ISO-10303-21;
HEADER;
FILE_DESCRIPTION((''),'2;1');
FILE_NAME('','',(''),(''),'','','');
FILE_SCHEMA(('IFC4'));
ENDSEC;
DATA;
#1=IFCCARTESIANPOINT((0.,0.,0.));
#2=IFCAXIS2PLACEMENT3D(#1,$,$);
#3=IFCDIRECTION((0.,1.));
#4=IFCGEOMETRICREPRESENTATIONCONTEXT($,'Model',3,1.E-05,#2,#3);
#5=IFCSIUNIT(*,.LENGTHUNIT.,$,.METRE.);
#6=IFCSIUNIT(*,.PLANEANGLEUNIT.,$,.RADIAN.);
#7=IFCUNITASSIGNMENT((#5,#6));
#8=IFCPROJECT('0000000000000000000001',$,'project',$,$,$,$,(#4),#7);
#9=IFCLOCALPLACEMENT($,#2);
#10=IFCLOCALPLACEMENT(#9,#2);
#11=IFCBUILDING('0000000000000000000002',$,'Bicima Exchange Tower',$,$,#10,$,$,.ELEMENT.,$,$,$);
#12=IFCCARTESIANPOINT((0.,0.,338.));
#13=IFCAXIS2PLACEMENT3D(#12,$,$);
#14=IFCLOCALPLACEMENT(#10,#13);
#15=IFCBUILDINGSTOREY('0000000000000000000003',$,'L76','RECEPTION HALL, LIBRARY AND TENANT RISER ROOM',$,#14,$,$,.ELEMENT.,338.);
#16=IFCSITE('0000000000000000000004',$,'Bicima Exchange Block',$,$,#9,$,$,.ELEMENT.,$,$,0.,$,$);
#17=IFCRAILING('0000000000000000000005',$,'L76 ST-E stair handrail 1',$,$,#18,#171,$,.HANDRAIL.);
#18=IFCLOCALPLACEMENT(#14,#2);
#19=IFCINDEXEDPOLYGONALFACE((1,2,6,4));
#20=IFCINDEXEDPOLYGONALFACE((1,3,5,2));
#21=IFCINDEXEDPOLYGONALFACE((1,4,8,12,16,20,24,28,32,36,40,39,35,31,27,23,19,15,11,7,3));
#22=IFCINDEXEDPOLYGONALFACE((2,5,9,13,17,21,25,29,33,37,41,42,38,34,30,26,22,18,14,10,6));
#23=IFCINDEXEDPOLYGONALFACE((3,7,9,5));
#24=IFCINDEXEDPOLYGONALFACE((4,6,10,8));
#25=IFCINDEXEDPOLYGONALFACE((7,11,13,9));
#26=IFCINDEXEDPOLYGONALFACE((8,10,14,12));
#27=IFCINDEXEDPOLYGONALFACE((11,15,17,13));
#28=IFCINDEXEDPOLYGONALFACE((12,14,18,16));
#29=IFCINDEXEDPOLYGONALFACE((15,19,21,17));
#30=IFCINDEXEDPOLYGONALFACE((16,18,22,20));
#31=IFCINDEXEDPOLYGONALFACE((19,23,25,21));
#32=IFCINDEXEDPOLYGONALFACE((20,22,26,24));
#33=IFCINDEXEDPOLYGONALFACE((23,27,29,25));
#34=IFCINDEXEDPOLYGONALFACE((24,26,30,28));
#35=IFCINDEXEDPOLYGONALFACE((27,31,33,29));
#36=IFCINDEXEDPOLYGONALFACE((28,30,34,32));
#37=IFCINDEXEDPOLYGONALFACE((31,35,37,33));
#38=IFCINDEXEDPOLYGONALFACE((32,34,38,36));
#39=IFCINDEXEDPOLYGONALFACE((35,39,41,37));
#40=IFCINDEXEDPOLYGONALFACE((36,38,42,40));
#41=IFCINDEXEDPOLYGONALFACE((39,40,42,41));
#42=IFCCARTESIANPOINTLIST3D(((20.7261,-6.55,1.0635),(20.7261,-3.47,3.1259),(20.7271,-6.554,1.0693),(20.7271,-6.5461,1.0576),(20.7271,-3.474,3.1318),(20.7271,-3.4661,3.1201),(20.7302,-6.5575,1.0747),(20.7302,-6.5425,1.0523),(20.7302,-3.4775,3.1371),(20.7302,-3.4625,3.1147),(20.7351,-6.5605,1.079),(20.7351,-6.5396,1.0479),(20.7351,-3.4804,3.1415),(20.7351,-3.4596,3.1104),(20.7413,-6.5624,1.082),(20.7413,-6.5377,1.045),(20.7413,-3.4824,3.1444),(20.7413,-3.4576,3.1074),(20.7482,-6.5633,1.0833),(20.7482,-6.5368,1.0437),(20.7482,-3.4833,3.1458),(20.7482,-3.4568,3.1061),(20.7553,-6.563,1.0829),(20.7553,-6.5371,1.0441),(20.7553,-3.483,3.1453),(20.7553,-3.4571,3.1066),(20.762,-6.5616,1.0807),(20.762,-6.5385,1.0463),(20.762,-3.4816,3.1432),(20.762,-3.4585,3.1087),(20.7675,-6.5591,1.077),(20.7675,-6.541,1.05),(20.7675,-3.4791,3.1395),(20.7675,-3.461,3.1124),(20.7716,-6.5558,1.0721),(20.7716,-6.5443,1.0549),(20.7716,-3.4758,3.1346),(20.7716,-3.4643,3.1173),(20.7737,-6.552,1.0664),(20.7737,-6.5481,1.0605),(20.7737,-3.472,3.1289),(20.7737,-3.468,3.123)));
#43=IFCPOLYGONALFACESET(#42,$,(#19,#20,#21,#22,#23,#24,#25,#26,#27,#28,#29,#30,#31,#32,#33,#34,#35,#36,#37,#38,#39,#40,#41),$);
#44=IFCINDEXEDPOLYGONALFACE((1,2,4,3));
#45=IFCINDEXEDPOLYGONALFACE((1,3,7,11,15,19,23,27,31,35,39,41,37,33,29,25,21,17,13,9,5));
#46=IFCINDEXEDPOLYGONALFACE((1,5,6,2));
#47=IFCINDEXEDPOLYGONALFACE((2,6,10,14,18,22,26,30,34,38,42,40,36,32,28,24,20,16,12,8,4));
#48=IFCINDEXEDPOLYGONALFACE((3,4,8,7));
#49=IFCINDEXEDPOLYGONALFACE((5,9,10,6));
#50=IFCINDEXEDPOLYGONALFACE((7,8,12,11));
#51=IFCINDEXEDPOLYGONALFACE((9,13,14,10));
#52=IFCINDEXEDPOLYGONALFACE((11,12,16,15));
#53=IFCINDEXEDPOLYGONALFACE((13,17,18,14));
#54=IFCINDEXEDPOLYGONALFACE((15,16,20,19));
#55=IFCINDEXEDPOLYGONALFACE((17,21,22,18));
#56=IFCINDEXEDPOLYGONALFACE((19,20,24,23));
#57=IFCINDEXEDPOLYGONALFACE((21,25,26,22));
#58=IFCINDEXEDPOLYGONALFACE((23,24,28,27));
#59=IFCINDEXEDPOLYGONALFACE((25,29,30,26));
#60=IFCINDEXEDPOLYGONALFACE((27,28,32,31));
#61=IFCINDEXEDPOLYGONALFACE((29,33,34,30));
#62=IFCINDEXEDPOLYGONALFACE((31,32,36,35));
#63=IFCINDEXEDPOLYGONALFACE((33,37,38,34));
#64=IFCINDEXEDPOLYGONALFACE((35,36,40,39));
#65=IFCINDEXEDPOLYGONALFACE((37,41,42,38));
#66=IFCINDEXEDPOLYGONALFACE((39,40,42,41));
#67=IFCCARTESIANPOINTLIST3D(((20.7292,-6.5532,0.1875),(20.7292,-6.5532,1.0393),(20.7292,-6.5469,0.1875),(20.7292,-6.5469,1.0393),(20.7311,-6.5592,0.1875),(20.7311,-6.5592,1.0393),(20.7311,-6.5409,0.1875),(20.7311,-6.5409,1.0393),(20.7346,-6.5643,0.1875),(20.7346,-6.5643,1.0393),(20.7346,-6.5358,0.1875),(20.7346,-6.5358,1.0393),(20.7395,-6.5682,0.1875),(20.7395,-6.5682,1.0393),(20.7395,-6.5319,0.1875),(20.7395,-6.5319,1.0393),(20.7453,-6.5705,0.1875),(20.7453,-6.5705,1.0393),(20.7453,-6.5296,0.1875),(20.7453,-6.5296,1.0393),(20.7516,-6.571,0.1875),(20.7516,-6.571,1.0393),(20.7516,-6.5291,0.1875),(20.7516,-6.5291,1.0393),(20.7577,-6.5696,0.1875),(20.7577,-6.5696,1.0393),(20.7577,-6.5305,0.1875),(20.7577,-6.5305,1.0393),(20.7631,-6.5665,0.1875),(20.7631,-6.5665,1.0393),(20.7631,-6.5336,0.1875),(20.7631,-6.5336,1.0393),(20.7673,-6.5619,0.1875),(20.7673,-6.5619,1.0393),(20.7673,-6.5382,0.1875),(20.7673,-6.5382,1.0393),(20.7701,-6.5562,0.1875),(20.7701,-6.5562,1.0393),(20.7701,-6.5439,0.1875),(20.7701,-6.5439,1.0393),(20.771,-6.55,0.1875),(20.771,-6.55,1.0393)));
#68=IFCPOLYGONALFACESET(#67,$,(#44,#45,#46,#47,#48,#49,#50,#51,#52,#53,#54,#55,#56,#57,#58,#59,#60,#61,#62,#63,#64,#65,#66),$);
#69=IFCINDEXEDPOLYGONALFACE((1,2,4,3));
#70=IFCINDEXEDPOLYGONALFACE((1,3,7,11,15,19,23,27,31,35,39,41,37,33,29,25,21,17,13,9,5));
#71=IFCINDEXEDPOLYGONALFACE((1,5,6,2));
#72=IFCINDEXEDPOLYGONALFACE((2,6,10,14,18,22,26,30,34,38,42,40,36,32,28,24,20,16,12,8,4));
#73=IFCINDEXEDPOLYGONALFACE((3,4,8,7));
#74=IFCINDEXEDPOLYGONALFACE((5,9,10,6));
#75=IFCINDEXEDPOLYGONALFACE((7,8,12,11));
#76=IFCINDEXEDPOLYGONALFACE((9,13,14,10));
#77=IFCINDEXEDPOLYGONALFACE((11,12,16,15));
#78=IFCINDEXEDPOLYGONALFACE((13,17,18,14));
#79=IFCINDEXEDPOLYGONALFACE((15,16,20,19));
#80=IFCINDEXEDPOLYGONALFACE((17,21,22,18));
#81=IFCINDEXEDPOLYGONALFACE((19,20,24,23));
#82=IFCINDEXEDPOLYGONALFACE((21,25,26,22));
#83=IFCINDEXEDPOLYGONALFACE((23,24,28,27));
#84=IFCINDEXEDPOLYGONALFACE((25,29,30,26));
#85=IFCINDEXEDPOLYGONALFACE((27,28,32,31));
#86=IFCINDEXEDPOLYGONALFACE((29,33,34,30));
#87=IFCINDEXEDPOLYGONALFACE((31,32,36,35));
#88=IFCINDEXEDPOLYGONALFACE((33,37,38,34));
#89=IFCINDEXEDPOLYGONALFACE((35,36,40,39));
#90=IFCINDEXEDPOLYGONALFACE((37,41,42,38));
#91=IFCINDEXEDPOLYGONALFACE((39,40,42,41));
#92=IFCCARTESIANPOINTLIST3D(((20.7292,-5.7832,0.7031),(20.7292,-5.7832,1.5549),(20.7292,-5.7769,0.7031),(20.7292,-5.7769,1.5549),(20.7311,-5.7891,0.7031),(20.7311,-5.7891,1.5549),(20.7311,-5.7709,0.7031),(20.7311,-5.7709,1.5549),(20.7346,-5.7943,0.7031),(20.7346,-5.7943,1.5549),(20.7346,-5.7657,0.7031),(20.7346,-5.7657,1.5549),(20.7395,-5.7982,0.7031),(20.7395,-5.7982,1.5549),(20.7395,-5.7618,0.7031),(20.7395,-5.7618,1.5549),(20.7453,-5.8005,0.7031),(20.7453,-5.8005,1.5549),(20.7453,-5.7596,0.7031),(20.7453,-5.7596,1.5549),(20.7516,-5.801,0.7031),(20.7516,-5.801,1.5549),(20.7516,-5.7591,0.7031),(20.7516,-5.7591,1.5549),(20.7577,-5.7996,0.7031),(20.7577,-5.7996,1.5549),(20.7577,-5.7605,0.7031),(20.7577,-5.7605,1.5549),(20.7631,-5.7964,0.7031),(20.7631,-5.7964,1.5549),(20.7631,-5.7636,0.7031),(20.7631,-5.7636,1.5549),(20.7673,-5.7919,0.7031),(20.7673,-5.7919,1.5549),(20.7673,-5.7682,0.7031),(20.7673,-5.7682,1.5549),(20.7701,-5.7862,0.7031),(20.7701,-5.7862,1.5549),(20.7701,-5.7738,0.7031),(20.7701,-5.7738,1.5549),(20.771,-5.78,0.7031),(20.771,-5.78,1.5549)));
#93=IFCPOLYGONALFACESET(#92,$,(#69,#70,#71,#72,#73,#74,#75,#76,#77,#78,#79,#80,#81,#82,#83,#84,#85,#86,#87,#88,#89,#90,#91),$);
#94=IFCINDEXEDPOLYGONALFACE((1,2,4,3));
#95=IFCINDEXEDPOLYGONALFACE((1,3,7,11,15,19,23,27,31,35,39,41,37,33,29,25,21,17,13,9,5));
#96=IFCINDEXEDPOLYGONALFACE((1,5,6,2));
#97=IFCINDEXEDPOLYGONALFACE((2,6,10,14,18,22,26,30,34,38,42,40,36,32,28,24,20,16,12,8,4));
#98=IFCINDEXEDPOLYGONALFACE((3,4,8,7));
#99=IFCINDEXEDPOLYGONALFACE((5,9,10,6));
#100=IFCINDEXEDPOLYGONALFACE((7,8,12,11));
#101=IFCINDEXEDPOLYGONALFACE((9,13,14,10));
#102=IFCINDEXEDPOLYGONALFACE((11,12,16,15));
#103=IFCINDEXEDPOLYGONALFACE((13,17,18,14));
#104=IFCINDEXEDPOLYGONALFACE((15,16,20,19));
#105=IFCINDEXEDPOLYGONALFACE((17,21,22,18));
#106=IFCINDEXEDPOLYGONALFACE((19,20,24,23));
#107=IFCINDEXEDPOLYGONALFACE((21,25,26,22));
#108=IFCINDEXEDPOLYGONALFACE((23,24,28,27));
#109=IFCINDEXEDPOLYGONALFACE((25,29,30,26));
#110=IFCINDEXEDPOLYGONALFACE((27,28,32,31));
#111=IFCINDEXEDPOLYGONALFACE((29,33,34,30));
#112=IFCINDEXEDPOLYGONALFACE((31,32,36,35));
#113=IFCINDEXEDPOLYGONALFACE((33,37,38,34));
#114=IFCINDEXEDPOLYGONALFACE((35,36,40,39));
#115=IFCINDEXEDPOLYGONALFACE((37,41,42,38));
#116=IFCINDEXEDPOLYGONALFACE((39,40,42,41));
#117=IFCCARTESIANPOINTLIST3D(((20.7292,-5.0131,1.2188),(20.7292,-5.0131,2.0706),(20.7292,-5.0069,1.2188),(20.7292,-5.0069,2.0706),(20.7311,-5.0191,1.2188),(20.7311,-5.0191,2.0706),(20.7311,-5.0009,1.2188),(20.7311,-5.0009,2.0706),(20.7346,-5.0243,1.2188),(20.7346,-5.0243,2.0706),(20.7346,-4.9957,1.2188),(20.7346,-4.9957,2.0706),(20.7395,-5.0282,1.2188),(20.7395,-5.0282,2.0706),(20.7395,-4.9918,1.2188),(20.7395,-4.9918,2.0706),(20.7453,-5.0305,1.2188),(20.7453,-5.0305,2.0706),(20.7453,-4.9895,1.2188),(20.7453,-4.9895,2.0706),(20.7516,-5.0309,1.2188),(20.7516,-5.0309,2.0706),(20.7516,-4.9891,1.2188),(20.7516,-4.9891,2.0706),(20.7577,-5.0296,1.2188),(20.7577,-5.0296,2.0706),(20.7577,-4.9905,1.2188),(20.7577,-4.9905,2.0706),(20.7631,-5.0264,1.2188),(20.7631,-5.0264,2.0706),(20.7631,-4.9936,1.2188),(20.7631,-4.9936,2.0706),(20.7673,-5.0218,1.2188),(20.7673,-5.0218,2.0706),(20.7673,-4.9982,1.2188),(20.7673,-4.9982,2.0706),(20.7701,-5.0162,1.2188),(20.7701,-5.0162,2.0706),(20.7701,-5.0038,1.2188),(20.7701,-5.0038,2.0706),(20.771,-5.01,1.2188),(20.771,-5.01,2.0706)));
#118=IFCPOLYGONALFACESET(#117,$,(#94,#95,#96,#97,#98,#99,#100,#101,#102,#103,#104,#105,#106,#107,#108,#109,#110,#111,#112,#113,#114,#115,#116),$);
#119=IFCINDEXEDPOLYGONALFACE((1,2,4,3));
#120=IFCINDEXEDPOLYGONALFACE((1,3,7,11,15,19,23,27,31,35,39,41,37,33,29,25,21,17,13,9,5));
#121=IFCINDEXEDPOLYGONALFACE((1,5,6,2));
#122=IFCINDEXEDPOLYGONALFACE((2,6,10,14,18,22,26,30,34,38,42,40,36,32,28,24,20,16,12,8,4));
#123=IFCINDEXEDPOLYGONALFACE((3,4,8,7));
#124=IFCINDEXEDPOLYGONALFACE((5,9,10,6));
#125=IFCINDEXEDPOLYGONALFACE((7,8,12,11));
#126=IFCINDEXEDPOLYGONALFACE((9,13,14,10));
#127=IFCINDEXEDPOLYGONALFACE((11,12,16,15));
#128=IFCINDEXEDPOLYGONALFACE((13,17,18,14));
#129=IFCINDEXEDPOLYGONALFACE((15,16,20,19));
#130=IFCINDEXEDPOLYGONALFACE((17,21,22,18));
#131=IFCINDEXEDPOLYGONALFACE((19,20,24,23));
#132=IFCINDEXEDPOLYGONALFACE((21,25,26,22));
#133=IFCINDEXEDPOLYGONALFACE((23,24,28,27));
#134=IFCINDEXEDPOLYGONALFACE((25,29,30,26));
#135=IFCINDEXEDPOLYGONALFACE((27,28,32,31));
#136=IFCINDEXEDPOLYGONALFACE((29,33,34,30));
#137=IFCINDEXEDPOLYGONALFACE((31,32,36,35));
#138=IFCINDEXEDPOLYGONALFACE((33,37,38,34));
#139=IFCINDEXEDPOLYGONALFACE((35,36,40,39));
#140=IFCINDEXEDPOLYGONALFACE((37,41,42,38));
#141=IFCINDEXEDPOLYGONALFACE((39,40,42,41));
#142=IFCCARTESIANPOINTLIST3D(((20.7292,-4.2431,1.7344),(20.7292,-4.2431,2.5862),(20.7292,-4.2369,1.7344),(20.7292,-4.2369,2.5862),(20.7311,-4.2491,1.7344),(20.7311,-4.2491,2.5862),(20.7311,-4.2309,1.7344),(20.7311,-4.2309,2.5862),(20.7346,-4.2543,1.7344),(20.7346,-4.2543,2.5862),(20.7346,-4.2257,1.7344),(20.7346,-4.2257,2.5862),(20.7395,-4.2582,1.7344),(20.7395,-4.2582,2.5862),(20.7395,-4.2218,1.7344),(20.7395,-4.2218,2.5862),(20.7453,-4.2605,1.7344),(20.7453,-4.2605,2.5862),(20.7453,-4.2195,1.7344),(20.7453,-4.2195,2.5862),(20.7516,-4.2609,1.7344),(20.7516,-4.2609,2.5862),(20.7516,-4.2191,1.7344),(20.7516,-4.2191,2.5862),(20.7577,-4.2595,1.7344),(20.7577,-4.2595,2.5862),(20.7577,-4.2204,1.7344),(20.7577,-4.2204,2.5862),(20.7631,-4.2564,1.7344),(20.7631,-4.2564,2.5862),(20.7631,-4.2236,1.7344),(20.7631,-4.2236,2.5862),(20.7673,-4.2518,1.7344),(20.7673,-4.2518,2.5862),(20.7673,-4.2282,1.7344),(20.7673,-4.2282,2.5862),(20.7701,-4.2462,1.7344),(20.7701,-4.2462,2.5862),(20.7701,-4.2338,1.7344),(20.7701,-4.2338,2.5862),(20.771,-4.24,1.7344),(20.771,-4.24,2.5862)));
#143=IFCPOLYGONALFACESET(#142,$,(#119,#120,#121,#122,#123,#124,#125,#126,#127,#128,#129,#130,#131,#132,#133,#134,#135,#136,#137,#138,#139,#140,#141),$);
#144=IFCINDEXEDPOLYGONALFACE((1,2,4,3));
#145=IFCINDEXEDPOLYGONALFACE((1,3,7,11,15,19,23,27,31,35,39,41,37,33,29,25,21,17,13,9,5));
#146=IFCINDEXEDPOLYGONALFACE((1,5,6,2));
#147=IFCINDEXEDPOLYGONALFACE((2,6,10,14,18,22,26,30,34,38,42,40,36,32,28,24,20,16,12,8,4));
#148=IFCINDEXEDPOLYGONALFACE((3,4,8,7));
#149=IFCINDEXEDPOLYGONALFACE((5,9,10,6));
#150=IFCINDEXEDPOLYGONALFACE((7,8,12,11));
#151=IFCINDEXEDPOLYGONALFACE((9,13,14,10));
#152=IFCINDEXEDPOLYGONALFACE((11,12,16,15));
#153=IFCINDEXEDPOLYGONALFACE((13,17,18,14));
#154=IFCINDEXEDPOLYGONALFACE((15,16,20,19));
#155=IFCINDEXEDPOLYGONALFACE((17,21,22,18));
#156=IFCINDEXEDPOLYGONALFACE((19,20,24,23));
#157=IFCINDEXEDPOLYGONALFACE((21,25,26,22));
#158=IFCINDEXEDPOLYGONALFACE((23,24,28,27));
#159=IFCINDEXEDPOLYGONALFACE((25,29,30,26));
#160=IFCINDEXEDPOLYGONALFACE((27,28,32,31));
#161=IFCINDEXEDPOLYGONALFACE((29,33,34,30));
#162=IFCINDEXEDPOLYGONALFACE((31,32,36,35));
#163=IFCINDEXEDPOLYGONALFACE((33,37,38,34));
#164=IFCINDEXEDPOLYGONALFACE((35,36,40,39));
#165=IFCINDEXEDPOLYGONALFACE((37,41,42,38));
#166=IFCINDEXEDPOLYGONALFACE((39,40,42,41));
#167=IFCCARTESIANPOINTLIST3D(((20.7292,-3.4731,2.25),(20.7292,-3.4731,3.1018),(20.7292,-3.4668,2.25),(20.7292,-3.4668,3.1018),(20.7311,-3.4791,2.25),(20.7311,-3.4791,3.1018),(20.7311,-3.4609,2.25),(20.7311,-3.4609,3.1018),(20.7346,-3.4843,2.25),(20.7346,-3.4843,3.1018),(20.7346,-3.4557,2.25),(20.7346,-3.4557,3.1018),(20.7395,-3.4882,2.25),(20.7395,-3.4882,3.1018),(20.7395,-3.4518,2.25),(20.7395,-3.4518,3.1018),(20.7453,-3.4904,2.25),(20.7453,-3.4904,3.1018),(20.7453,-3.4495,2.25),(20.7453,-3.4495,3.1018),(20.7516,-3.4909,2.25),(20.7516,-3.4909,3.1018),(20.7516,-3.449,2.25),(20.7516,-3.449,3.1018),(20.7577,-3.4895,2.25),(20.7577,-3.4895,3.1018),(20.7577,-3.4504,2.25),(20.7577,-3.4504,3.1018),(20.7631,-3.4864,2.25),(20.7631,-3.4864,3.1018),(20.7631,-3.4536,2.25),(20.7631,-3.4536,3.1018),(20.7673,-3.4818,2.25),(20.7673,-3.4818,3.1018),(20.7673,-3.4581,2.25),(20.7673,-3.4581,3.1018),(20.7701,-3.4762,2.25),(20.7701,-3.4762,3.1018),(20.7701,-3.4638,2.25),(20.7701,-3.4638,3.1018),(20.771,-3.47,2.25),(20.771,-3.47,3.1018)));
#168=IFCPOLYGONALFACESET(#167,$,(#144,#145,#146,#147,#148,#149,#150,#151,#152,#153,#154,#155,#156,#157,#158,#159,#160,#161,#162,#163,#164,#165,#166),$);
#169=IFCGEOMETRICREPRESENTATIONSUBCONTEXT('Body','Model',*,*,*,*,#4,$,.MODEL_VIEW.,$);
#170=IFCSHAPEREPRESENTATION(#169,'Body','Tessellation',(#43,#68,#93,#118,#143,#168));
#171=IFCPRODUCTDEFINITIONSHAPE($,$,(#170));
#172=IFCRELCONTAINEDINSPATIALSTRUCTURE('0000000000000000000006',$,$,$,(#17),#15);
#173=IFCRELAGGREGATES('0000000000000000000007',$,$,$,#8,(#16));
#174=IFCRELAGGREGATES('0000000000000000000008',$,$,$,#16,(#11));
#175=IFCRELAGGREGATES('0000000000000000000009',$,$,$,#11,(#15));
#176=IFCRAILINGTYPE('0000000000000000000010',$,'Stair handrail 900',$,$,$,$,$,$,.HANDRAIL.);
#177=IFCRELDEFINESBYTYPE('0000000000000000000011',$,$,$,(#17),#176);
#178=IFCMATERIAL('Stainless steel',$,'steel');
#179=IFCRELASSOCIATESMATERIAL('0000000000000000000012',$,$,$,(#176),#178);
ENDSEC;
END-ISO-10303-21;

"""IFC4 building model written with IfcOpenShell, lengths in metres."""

from ifc_helpers import new_model, si_unit, direction, frame, origin, origin_2d, place, context, subcontext, project, spatial, circle, extrude, material, type_object, element, save


model = new_model("IFC4")

# Units and contexts
model_context = context("Model", 3, precision=1e-05, world=origin(), true_north=direction((0.0, 1.0)))
body_context = subcontext(model_context, "Body", "Model", "MODEL_VIEW")
ifc_project = project(units=[si_unit("LENGTHUNIT", "METRE"), si_unit("PLANEANGLEUNIT", "RADIAN")], contexts=[model_context])

# Site, building, storey
site_placement = place(None, origin())
site = spatial("IfcSite", under=ifc_project, at=site_placement, Name="Bicima Exchange Block", CompositionType="ELEMENT", RefElevation=0.0)
building_placement = place(site_placement, origin())
building = spatial("IfcBuilding", under=site, at=building_placement, Name="Bicima Exchange Tower", CompositionType="ELEMENT")
storey_placement = place(building_placement, frame((0.0, 0.0, 338.0)))
storey = spatial("IfcBuildingStorey", under=building, at=storey_placement, Name="L76", Description="RECEPTION HALL, LIBRARY AND TENANT RISER ROOM", CompositionType="ELEMENT", Elevation=338.0)

# Railing
ifc_material_1 = material(Name="Stainless steel", Category="steel")
railing_type_1 = type_object("IfcRailingType", Name="Stair handrail 900", PredefinedType="HANDRAIL", material=ifc_material_1)
railing_1_placement = place(storey_placement, frame((20.75, -6.55, 0.1875)))
element("IfcRailing", 1, at=railing_1_placement, inside=storey, type_object=railing_type_1, Name="L76 ST-E stair handrail 1", PredefinedType="HANDRAIL", context=body_context, shape_type="SweptSolid", body=[
    extrude(circle(Radius=0.0239, at=origin_2d()), frame((0.0, 0.0, 0.876), z_axis=(0.0, 0.830914, 0.556401), x_axis=(-1.0, 0.0, 0.0)), (0.0, 0.0, 1.0), 3.7068),
    extrude(circle(Radius=0.021, at=origin_2d()), origin(), (0.0, 0.0, 1.0), 0.8518),
    extrude(circle(Radius=0.021, at=origin_2d()), frame((0.0, 0.77, 0.5156)), (0.0, 0.0, 1.0), 0.8518),
    extrude(circle(Radius=0.021, at=origin_2d()), frame((0.0, 1.54, 1.0312)), (0.0, 0.0, 1.0), 0.8518),
    extrude(circle(Radius=0.021, at=origin_2d()), frame((0.0, 2.3101, 1.5469)), (0.0, 0.0, 1.0), 0.8518),
    extrude(circle(Radius=0.021, at=origin_2d()), frame((0.0, 3.0801, 2.0625)), (0.0, 0.0, 1.0), 0.8518),
])

save(model, "model.ifc")
